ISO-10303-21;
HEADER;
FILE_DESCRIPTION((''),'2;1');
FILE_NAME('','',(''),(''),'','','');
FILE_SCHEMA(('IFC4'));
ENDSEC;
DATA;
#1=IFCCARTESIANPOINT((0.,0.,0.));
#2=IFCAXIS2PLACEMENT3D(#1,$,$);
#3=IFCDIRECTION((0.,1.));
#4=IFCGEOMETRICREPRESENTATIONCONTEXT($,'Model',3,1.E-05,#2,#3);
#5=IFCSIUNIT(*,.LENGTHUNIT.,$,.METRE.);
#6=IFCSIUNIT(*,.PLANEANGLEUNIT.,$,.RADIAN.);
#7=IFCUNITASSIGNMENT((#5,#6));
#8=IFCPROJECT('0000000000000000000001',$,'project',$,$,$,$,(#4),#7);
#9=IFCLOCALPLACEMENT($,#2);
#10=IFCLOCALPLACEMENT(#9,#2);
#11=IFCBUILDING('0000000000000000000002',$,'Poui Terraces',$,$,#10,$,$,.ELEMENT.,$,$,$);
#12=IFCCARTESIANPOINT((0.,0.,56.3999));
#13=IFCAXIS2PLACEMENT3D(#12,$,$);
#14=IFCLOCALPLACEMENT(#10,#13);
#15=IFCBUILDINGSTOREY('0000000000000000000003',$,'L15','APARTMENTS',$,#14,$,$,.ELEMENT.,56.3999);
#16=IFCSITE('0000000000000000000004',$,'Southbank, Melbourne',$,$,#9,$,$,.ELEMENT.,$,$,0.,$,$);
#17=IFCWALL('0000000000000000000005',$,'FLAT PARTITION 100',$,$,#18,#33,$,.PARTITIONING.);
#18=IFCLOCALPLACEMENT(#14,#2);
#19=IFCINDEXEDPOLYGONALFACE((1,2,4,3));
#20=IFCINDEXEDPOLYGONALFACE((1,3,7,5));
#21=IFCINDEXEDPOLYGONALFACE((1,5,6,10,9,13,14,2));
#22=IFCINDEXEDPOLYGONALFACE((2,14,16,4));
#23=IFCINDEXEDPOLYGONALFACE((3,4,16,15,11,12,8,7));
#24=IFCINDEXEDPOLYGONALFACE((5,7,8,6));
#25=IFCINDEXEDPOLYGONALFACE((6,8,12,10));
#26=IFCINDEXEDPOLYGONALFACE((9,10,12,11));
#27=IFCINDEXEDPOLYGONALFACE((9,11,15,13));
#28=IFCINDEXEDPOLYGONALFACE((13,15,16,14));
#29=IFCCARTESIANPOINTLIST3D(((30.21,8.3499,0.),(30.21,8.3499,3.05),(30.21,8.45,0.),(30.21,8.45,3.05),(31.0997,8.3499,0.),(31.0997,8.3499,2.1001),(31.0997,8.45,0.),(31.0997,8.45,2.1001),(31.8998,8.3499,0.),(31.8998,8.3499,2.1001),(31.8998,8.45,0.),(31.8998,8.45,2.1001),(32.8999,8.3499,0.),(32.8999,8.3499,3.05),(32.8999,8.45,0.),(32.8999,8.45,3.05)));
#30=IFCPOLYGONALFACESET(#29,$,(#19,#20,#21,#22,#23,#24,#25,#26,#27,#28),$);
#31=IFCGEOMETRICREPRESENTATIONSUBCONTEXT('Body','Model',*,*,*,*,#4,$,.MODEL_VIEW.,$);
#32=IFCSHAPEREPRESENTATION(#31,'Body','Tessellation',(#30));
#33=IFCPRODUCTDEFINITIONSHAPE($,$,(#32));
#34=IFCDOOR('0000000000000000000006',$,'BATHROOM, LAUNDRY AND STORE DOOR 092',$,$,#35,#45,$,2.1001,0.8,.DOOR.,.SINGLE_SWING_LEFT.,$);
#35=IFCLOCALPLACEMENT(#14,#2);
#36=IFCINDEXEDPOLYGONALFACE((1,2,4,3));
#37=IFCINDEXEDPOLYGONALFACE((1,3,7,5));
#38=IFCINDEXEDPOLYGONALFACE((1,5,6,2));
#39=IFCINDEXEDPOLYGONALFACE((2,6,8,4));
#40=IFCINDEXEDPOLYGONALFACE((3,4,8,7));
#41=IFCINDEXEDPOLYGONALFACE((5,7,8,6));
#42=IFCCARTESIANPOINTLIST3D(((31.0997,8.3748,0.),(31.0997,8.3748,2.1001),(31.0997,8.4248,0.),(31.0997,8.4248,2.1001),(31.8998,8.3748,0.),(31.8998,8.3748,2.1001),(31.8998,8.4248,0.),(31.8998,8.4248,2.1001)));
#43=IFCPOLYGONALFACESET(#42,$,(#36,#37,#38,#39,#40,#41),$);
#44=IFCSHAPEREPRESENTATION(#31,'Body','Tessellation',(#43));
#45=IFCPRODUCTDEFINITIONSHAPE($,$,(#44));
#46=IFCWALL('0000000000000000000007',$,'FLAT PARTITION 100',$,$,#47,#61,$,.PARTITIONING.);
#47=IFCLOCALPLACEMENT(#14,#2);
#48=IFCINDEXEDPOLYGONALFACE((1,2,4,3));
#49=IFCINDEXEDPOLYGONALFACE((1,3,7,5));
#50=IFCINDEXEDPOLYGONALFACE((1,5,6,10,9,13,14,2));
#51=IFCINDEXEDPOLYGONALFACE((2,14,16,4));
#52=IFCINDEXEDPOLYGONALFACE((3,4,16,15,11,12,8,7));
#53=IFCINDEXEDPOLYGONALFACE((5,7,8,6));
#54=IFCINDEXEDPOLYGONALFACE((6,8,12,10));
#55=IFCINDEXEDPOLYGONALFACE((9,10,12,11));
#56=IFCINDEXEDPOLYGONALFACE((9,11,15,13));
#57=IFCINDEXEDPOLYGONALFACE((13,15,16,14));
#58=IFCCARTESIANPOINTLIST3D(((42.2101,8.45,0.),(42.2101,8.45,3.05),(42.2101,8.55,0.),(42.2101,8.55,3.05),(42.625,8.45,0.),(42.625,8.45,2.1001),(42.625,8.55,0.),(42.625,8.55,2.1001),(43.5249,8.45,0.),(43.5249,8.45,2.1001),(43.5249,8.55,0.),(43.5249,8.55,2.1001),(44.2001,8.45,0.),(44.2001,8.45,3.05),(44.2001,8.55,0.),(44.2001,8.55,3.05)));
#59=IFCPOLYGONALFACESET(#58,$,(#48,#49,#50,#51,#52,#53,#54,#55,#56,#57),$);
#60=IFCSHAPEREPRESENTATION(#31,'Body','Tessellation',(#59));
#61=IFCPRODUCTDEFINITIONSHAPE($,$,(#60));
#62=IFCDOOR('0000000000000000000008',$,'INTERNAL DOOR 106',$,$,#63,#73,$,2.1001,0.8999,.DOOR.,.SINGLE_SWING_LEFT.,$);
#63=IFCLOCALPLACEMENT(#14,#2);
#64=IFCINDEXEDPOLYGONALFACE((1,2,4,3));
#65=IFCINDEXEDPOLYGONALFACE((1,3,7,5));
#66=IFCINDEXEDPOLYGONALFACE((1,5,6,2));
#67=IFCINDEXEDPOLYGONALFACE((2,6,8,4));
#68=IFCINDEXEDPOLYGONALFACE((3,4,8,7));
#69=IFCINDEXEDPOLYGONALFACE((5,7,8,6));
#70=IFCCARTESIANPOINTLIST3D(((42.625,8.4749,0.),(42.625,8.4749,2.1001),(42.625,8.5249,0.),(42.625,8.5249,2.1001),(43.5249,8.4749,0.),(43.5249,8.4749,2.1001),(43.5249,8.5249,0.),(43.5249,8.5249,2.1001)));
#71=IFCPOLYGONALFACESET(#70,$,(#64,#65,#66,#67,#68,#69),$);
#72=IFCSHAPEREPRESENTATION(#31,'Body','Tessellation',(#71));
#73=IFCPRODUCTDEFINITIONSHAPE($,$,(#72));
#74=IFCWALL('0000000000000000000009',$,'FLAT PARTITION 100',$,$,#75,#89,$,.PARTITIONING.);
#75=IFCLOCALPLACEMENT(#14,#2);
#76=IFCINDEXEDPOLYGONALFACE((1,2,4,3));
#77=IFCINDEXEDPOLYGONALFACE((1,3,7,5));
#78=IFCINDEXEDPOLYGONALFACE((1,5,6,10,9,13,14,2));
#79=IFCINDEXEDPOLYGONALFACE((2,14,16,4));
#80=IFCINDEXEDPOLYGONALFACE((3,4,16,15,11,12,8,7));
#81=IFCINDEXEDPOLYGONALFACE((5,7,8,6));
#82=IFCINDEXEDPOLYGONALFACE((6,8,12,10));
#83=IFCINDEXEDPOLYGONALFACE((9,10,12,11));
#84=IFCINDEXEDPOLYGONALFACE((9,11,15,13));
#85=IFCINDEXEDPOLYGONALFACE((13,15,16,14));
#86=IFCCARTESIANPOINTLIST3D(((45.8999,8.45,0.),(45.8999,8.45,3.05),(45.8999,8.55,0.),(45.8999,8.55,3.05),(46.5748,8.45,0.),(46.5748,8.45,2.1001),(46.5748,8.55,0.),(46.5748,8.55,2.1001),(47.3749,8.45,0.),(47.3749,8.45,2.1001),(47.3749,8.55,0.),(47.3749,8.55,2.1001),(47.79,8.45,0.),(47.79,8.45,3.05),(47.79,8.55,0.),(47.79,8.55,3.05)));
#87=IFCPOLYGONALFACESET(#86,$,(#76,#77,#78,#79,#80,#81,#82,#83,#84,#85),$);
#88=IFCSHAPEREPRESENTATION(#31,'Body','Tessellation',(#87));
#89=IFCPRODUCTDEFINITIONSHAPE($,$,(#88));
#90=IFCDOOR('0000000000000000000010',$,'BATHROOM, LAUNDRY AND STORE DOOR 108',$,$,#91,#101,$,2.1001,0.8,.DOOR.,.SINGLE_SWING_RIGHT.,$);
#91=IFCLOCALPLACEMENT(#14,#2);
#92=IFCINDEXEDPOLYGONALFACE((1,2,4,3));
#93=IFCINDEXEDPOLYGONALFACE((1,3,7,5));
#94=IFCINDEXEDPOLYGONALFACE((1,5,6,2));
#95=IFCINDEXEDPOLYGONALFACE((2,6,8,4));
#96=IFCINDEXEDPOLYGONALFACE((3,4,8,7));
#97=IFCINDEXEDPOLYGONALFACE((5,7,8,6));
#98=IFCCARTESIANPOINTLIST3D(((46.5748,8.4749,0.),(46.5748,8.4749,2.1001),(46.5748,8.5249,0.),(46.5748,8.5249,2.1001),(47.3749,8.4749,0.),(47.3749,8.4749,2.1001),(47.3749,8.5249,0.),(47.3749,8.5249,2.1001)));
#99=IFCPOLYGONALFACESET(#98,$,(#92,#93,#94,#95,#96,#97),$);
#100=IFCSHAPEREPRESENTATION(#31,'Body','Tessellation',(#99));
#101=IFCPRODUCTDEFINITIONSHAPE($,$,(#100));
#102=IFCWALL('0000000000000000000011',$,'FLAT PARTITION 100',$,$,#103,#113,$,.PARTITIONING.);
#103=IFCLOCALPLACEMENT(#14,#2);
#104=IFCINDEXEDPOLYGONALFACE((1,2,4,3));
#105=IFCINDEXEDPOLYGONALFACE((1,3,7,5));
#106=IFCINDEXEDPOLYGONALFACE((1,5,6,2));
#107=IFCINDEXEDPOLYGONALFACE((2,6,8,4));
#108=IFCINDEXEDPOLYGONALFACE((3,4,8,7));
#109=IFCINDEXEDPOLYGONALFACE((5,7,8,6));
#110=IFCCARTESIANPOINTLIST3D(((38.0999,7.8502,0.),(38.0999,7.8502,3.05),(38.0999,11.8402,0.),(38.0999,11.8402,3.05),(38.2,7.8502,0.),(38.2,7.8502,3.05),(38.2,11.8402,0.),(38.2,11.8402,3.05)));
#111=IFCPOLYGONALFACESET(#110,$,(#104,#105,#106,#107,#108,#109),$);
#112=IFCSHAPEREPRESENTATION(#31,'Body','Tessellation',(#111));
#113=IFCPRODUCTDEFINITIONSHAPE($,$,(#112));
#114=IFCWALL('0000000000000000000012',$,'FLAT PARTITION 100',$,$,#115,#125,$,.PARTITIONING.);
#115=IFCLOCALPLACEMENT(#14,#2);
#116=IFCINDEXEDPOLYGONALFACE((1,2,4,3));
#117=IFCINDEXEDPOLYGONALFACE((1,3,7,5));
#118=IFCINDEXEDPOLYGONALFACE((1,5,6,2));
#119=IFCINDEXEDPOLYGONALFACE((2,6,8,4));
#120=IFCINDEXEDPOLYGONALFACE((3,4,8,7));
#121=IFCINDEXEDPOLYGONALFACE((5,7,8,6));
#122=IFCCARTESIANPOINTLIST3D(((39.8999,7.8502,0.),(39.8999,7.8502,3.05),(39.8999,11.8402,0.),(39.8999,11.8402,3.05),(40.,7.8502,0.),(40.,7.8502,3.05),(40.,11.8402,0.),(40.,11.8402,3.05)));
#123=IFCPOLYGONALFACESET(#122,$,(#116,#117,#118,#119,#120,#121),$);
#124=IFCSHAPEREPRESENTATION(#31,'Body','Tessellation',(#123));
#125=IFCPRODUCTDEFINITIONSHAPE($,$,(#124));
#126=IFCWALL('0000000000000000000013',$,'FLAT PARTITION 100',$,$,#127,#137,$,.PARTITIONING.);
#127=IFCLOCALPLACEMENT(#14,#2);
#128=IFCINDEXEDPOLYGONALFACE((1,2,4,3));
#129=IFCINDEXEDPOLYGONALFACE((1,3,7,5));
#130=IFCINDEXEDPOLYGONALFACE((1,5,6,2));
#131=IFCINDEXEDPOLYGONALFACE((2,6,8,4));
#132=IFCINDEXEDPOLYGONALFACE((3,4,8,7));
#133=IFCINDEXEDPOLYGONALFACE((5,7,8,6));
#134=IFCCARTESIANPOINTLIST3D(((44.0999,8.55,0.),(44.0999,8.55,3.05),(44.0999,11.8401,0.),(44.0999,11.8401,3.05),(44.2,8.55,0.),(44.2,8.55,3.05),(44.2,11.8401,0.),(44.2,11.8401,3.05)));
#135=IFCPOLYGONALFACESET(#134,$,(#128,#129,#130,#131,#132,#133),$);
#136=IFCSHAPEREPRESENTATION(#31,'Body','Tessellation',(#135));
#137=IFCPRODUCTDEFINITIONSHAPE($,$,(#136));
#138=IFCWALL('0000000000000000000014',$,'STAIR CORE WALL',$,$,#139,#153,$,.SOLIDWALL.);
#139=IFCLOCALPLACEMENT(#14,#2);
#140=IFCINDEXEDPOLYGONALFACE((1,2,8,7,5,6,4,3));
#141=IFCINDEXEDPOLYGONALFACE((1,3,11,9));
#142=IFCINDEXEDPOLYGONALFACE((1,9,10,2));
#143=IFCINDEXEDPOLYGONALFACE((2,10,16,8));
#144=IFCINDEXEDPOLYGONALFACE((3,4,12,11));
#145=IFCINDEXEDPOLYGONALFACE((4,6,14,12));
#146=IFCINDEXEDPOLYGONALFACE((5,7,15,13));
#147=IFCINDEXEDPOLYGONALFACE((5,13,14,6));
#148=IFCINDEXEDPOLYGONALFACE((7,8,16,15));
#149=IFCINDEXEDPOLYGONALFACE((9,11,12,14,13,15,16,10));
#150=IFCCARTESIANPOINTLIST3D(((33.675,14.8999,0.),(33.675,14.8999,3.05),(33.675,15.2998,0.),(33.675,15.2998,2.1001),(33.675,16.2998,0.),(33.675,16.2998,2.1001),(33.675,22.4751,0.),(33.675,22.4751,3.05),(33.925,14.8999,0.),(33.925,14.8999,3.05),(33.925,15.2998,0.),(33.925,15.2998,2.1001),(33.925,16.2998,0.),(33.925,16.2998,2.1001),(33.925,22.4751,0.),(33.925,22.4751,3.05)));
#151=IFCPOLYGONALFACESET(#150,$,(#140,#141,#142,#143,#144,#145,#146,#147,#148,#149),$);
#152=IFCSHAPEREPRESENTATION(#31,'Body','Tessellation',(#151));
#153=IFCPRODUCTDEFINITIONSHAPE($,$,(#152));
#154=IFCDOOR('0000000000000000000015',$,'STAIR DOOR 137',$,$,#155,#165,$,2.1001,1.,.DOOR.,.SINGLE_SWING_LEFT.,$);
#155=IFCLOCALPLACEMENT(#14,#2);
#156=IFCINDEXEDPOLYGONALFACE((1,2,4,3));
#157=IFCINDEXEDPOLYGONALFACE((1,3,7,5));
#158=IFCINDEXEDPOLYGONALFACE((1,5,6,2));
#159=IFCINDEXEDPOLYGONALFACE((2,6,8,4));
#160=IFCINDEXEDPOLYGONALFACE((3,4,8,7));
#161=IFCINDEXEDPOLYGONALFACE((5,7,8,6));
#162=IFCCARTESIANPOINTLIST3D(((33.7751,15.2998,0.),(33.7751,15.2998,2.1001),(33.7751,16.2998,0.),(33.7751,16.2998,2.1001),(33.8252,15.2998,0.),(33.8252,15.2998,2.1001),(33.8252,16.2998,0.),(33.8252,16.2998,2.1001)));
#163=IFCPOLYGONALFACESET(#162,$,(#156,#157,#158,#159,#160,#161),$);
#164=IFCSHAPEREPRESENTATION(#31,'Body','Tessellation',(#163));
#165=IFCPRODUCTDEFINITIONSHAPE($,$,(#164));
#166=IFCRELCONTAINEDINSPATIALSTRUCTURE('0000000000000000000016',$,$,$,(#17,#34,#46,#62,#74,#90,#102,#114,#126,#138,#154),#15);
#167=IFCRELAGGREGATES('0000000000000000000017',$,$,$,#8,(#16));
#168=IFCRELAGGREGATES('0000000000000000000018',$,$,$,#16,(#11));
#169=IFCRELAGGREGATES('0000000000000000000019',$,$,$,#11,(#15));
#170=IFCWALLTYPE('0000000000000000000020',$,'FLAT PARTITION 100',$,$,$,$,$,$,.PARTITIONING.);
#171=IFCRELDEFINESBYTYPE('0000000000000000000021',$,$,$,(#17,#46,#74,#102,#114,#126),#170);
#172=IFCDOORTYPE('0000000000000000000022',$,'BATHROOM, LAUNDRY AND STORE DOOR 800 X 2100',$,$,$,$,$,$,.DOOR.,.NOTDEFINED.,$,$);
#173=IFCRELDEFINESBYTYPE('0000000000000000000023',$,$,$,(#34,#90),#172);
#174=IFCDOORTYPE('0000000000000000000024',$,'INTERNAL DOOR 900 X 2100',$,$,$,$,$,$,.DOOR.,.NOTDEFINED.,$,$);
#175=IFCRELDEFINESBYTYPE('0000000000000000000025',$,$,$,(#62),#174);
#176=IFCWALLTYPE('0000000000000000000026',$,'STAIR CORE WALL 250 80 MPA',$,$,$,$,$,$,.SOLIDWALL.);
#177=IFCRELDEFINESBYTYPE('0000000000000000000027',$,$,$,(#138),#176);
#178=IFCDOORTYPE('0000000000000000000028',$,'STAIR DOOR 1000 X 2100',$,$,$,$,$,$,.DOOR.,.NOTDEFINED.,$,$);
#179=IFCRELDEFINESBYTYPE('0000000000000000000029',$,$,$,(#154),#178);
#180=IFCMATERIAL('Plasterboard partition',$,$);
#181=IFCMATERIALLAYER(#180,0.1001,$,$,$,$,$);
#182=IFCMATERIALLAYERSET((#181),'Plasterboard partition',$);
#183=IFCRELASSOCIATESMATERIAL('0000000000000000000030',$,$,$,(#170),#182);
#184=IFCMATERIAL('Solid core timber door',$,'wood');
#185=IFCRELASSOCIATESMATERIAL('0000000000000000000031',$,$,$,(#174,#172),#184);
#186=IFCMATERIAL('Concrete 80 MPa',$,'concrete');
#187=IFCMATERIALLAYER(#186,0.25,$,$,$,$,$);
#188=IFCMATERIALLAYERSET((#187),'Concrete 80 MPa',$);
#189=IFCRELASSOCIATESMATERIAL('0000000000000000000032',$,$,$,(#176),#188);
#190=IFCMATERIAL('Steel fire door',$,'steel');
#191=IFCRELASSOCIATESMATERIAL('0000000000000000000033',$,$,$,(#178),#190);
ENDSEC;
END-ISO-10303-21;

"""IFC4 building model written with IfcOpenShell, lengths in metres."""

from ifc_helpers import new_model, si_unit, direction, frame, frame_2d, origin, place, context, subcontext, project, spatial, rectangle, extrude, material, layer, layer_set, type_object, element, fill, save


model = new_model("IFC4")

# Units and contexts
model_context = context("Model", 3, precision=1e-05, world=origin(), true_north=direction((0.0, 1.0)))
body_context = subcontext(model_context, "Body", "Model", "MODEL_VIEW")
ifc_project = project(units=[si_unit("LENGTHUNIT", "METRE"), si_unit("PLANEANGLEUNIT", "RADIAN")], contexts=[model_context])

# Site, building, storey
site_placement = place(None, origin())
site = spatial("IfcSite", under=ifc_project, at=site_placement, Name="Southbank, Melbourne", CompositionType="ELEMENT", RefElevation=0.0)
building_placement = place(site_placement, origin())
building = spatial("IfcBuilding", under=site, at=building_placement, Name="Poui Terraces", CompositionType="ELEMENT")
storey_placement = place(building_placement, frame((0.0, 0.0, 56.3999)))
storey = spatial("IfcBuildingStorey", under=building, at=storey_placement, Name="L15", Description="APARTMENTS", CompositionType="ELEMENT", Elevation=56.3999)

# Shared definitions
ifc_material_1 = material(Name="Concrete 80 MPa", Category="concrete")

# Walls, openings, doors
ifc_material_2 = material(Name="Steel fire door", Category="steel")
ifc_material_3 = material(Name="Plasterboard partition")
ifc_layer_1 = layer(ifc_material_3, 0.1001)
ifc_layer_set_1 = layer_set([ifc_layer_1], Name="Plasterboard partition")
wall_type_1 = type_object("IfcWallType", Name="FLAT PARTITION 100", PredefinedType="PARTITIONING", material=ifc_layer_set_1)
ifc_material_4 = material(Name="Solid core timber door", Category="wood")
door_type_1 = type_object("IfcDoorType", Name="INTERNAL DOOR 900 X 2100", OperationType="NOTDEFINED", PredefinedType="DOOR", material=ifc_material_4)
door_type_2 = type_object("IfcDoorType", Name="BATHROOM, LAUNDRY AND STORE DOOR 800 X 2100", OperationType="NOTDEFINED", PredefinedType="DOOR", material=ifc_material_4)
wall_1_placement = place(storey_placement, frame((30.21, 8.3999, 0.0), z_axis=(0.0, 0.0, 1.0), x_axis=(1.0, 0.0, 0.0)))
wall_1 = element("IfcWall", 1, at=wall_1_placement, inside=storey, type_object=wall_type_1, Name="FLAT PARTITION 100", PredefinedType="PARTITIONING", context=body_context, shape_type="SweptSolid", body=[
    extrude(rectangle(XDim=2.6899, YDim=0.1001, at=frame_2d((1.345, 0.0))), origin(), (0.0, 0.0, 1.0), 3.05),
])
opening_1_placement = place(wall_1_placement, frame((0.8899, 0.0, 0.0)))
opening_1 = element("IfcOpeningElement", 2, at=opening_1_placement, cuts=wall_1, PredefinedType="OPENING", context=body_context, shape_type="SweptSolid", body=[
    extrude(rectangle(XDim=0.8, YDim=2.1001, at=frame_2d((0.3999, 1.05))), frame((0.0, 0.0601, 0.0), z_axis=(0.0, -1.0, 0.0), x_axis=(1.0, 0.0, 0.0)), (0.0, 0.0, 1.0), 0.1201),
])
door_1_placement = place(opening_1_placement, origin())
door_1 = element("IfcDoor", 3, at=door_1_placement, inside=storey, type_object=door_type_2, Name="BATHROOM, LAUNDRY AND STORE DOOR 092", OperationType="SINGLE_SWING_LEFT", OverallHeight=2.1001, OverallWidth=0.8, PredefinedType="DOOR", context=body_context, shape_type="SweptSolid", body=[
    extrude(rectangle(XDim=0.8, YDim=2.1001, at=frame_2d((0.3999, 1.05))), frame((0.0, 0.0249, 0.0), z_axis=(0.0, -1.0, 0.0), x_axis=(1.0, 0.0, 0.0)), (0.0, 0.0, 1.0), 0.05),
])
fill(opening_1, door_1)
wall_2_placement = place(storey_placement, frame((42.21, 8.5, 0.0), z_axis=(0.0, 0.0, 1.0), x_axis=(1.0, 0.0, 0.0)))
wall_2 = element("IfcWall", 4, at=wall_2_placement, inside=storey, type_object=wall_type_1, Name="FLAT PARTITION 100", PredefinedType="PARTITIONING", context=body_context, shape_type="SweptSolid", body=[
    extrude(rectangle(XDim=1.99, YDim=0.1001, at=frame_2d((0.9951, 0.0))), origin(), (0.0, 0.0, 1.0), 3.05),
])
opening_2_placement = place(wall_2_placement, frame((0.415, 0.0, 0.0)))
opening_2 = element("IfcOpeningElement", 5, at=opening_2_placement, cuts=wall_2, PredefinedType="OPENING", context=body_context, shape_type="SweptSolid", body=[
    extrude(rectangle(XDim=0.8999, YDim=2.1001, at=frame_2d((0.45, 1.05))), frame((0.0, 0.0601, 0.0), z_axis=(0.0, -1.0, 0.0), x_axis=(1.0, 0.0, 0.0)), (0.0, 0.0, 1.0), 0.1201),
])
door_2_placement = place(opening_2_placement, origin())
door_2 = element("IfcDoor", 6, at=door_2_placement, inside=storey, type_object=door_type_1, Name="INTERNAL DOOR 106", OperationType="SINGLE_SWING_LEFT", OverallHeight=2.1001, OverallWidth=0.8999, PredefinedType="DOOR", context=body_context, shape_type="SweptSolid", body=[
    extrude(rectangle(XDim=0.8999, YDim=2.1001, at=frame_2d((0.45, 1.05))), frame((0.0, 0.0249, 0.0), z_axis=(0.0, -1.0, 0.0), x_axis=(1.0, 0.0, 0.0)), (0.0, 0.0, 1.0), 0.05),
])
fill(opening_2, door_2)
wall_3_placement = place(storey_placement, frame((45.8999, 8.5, 0.0), z_axis=(0.0, 0.0, 1.0), x_axis=(1.0, 0.0, 0.0)))
wall_3 = element("IfcWall", 7, at=wall_3_placement, inside=storey, type_object=wall_type_1, Name="FLAT PARTITION 100", PredefinedType="PARTITIONING", context=body_context, shape_type="SweptSolid", body=[
    extrude(rectangle(XDim=1.8901, YDim=0.1001, at=frame_2d((0.9451, 0.0))), origin(), (0.0, 0.0, 1.0), 3.05),
])
opening_3_placement = place(wall_3_placement, frame((0.675, 0.0, 0.0)))
opening_3 = element("IfcOpeningElement", 8, at=opening_3_placement, cuts=wall_3, PredefinedType="OPENING", context=body_context, shape_type="SweptSolid", body=[
    extrude(rectangle(XDim=0.8, YDim=2.1001, at=frame_2d((0.3999, 1.05))), frame((0.0, 0.0601, 0.0), z_axis=(0.0, -1.0, 0.0), x_axis=(1.0, 0.0, 0.0)), (0.0, 0.0, 1.0), 0.1201),
])
door_3_placement = place(opening_3_placement, origin())
door_3 = element("IfcDoor", 9, at=door_3_placement, inside=storey, type_object=door_type_2, Name="BATHROOM, LAUNDRY AND STORE DOOR 108", OperationType="SINGLE_SWING_RIGHT", OverallHeight=2.1001, OverallWidth=0.8, PredefinedType="DOOR", context=body_context, shape_type="SweptSolid", body=[
    extrude(rectangle(XDim=0.8, YDim=2.1001, at=frame_2d((0.3999, 1.05))), frame((0.0, 0.0249, 0.0), z_axis=(0.0, -1.0, 0.0), x_axis=(1.0, 0.0, 0.0)), (0.0, 0.0, 1.0), 0.05),
])
fill(opening_3, door_3)

# Walls
for number, where, z_axis, x_axis, name in (
    (10, (38.1499, 7.8501, 0.0), (0.0, 0.0, 1.0), (0.0, 1.0, 0.0), "FLAT PARTITION 100"),
    (11, (39.95, 7.8501, 0.0), (0.0, 0.0, 1.0), (0.0, 1.0, 0.0), "FLAT PARTITION 100"),
):
    element("IfcWall", number, at=place(storey_placement, frame(where, z_axis=z_axis, x_axis=x_axis)), inside=storey, type_object=wall_type_1, Name=name, PredefinedType="PARTITIONING", context=body_context, shape_type="SweptSolid", body=[
        extrude(rectangle(XDim=3.99, YDim=0.1001, at=frame_2d((1.9951, 0.0))), origin(), (0.0, 0.0, 1.0), 3.05),
    ])
wall_4_placement = place(storey_placement, frame((44.1499, 8.55, 0.0), z_axis=(0.0, 0.0, 1.0), x_axis=(0.0, 1.0, 0.0)))
element("IfcWall", 12, at=wall_4_placement, inside=storey, type_object=wall_type_1, Name="FLAT PARTITION 100", PredefinedType="PARTITIONING", context=body_context, shape_type="SweptSolid", body=[
    extrude(rectangle(XDim=3.29, YDim=0.1001, at=frame_2d((1.645, 0.0))), origin(), (0.0, 0.0, 1.0), 3.05),
])

# Wall, opening, door
ifc_layer_2 = layer(ifc_material_1, 0.25)
ifc_layer_set_2 = layer_set([ifc_layer_2], Name="Concrete 80 MPa")
wall_type_2 = type_object("IfcWallType", Name="STAIR CORE WALL 250 80 MPA", PredefinedType="SOLIDWALL", material=ifc_layer_set_2)
wall_5_placement = place(storey_placement, frame((33.8, 14.8999, 0.0), z_axis=(0.0, 0.0, 1.0), x_axis=(0.0, 1.0, 0.0)))
wall_5 = element("IfcWall", 13, at=wall_5_placement, inside=storey, type_object=wall_type_2, Name="STAIR CORE WALL", PredefinedType="SOLIDWALL", context=body_context, shape_type="SweptSolid", body=[
    extrude(rectangle(XDim=7.5752, YDim=0.25, at=frame_2d((3.7876, 0.0))), origin(), (0.0, 0.0, 1.0), 3.05),
])
opening_4_placement = place(wall_5_placement, frame((0.3999, 0.0, 0.0)))
opening_4 = element("IfcOpeningElement", 14, at=opening_4_placement, cuts=wall_5, PredefinedType="OPENING", context=body_context, shape_type="SweptSolid", body=[
    extrude(rectangle(XDim=1.0, YDim=2.1001, at=frame_2d((0.5, 1.05))), frame((0.0, 0.135, 0.0), z_axis=(0.0, -1.0, 0.0), x_axis=(1.0, 0.0, 0.0)), (0.0, 0.0, 1.0), 0.27),
])
door_type_3 = type_object("IfcDoorType", Name="STAIR DOOR 1000 X 2100", OperationType="NOTDEFINED", PredefinedType="DOOR", material=ifc_material_2)
door_4_placement = place(opening_4_placement, origin())
door_4 = element("IfcDoor", 15, at=door_4_placement, inside=storey, type_object=door_type_3, Name="STAIR DOOR 137", OperationType="SINGLE_SWING_LEFT", OverallHeight=2.1001, OverallWidth=1.0, PredefinedType="DOOR", context=body_context, shape_type="SweptSolid", body=[
    extrude(rectangle(XDim=1.0, YDim=2.1001, at=frame_2d((0.5, 1.05))), frame((0.0, 0.0249, 0.0), z_axis=(0.0, -1.0, 0.0), x_axis=(1.0, 0.0, 0.0)), (0.0, 0.0, 1.0), 0.05),
])
fill(opening_4, door_4)

save(model, "model.ifc")
